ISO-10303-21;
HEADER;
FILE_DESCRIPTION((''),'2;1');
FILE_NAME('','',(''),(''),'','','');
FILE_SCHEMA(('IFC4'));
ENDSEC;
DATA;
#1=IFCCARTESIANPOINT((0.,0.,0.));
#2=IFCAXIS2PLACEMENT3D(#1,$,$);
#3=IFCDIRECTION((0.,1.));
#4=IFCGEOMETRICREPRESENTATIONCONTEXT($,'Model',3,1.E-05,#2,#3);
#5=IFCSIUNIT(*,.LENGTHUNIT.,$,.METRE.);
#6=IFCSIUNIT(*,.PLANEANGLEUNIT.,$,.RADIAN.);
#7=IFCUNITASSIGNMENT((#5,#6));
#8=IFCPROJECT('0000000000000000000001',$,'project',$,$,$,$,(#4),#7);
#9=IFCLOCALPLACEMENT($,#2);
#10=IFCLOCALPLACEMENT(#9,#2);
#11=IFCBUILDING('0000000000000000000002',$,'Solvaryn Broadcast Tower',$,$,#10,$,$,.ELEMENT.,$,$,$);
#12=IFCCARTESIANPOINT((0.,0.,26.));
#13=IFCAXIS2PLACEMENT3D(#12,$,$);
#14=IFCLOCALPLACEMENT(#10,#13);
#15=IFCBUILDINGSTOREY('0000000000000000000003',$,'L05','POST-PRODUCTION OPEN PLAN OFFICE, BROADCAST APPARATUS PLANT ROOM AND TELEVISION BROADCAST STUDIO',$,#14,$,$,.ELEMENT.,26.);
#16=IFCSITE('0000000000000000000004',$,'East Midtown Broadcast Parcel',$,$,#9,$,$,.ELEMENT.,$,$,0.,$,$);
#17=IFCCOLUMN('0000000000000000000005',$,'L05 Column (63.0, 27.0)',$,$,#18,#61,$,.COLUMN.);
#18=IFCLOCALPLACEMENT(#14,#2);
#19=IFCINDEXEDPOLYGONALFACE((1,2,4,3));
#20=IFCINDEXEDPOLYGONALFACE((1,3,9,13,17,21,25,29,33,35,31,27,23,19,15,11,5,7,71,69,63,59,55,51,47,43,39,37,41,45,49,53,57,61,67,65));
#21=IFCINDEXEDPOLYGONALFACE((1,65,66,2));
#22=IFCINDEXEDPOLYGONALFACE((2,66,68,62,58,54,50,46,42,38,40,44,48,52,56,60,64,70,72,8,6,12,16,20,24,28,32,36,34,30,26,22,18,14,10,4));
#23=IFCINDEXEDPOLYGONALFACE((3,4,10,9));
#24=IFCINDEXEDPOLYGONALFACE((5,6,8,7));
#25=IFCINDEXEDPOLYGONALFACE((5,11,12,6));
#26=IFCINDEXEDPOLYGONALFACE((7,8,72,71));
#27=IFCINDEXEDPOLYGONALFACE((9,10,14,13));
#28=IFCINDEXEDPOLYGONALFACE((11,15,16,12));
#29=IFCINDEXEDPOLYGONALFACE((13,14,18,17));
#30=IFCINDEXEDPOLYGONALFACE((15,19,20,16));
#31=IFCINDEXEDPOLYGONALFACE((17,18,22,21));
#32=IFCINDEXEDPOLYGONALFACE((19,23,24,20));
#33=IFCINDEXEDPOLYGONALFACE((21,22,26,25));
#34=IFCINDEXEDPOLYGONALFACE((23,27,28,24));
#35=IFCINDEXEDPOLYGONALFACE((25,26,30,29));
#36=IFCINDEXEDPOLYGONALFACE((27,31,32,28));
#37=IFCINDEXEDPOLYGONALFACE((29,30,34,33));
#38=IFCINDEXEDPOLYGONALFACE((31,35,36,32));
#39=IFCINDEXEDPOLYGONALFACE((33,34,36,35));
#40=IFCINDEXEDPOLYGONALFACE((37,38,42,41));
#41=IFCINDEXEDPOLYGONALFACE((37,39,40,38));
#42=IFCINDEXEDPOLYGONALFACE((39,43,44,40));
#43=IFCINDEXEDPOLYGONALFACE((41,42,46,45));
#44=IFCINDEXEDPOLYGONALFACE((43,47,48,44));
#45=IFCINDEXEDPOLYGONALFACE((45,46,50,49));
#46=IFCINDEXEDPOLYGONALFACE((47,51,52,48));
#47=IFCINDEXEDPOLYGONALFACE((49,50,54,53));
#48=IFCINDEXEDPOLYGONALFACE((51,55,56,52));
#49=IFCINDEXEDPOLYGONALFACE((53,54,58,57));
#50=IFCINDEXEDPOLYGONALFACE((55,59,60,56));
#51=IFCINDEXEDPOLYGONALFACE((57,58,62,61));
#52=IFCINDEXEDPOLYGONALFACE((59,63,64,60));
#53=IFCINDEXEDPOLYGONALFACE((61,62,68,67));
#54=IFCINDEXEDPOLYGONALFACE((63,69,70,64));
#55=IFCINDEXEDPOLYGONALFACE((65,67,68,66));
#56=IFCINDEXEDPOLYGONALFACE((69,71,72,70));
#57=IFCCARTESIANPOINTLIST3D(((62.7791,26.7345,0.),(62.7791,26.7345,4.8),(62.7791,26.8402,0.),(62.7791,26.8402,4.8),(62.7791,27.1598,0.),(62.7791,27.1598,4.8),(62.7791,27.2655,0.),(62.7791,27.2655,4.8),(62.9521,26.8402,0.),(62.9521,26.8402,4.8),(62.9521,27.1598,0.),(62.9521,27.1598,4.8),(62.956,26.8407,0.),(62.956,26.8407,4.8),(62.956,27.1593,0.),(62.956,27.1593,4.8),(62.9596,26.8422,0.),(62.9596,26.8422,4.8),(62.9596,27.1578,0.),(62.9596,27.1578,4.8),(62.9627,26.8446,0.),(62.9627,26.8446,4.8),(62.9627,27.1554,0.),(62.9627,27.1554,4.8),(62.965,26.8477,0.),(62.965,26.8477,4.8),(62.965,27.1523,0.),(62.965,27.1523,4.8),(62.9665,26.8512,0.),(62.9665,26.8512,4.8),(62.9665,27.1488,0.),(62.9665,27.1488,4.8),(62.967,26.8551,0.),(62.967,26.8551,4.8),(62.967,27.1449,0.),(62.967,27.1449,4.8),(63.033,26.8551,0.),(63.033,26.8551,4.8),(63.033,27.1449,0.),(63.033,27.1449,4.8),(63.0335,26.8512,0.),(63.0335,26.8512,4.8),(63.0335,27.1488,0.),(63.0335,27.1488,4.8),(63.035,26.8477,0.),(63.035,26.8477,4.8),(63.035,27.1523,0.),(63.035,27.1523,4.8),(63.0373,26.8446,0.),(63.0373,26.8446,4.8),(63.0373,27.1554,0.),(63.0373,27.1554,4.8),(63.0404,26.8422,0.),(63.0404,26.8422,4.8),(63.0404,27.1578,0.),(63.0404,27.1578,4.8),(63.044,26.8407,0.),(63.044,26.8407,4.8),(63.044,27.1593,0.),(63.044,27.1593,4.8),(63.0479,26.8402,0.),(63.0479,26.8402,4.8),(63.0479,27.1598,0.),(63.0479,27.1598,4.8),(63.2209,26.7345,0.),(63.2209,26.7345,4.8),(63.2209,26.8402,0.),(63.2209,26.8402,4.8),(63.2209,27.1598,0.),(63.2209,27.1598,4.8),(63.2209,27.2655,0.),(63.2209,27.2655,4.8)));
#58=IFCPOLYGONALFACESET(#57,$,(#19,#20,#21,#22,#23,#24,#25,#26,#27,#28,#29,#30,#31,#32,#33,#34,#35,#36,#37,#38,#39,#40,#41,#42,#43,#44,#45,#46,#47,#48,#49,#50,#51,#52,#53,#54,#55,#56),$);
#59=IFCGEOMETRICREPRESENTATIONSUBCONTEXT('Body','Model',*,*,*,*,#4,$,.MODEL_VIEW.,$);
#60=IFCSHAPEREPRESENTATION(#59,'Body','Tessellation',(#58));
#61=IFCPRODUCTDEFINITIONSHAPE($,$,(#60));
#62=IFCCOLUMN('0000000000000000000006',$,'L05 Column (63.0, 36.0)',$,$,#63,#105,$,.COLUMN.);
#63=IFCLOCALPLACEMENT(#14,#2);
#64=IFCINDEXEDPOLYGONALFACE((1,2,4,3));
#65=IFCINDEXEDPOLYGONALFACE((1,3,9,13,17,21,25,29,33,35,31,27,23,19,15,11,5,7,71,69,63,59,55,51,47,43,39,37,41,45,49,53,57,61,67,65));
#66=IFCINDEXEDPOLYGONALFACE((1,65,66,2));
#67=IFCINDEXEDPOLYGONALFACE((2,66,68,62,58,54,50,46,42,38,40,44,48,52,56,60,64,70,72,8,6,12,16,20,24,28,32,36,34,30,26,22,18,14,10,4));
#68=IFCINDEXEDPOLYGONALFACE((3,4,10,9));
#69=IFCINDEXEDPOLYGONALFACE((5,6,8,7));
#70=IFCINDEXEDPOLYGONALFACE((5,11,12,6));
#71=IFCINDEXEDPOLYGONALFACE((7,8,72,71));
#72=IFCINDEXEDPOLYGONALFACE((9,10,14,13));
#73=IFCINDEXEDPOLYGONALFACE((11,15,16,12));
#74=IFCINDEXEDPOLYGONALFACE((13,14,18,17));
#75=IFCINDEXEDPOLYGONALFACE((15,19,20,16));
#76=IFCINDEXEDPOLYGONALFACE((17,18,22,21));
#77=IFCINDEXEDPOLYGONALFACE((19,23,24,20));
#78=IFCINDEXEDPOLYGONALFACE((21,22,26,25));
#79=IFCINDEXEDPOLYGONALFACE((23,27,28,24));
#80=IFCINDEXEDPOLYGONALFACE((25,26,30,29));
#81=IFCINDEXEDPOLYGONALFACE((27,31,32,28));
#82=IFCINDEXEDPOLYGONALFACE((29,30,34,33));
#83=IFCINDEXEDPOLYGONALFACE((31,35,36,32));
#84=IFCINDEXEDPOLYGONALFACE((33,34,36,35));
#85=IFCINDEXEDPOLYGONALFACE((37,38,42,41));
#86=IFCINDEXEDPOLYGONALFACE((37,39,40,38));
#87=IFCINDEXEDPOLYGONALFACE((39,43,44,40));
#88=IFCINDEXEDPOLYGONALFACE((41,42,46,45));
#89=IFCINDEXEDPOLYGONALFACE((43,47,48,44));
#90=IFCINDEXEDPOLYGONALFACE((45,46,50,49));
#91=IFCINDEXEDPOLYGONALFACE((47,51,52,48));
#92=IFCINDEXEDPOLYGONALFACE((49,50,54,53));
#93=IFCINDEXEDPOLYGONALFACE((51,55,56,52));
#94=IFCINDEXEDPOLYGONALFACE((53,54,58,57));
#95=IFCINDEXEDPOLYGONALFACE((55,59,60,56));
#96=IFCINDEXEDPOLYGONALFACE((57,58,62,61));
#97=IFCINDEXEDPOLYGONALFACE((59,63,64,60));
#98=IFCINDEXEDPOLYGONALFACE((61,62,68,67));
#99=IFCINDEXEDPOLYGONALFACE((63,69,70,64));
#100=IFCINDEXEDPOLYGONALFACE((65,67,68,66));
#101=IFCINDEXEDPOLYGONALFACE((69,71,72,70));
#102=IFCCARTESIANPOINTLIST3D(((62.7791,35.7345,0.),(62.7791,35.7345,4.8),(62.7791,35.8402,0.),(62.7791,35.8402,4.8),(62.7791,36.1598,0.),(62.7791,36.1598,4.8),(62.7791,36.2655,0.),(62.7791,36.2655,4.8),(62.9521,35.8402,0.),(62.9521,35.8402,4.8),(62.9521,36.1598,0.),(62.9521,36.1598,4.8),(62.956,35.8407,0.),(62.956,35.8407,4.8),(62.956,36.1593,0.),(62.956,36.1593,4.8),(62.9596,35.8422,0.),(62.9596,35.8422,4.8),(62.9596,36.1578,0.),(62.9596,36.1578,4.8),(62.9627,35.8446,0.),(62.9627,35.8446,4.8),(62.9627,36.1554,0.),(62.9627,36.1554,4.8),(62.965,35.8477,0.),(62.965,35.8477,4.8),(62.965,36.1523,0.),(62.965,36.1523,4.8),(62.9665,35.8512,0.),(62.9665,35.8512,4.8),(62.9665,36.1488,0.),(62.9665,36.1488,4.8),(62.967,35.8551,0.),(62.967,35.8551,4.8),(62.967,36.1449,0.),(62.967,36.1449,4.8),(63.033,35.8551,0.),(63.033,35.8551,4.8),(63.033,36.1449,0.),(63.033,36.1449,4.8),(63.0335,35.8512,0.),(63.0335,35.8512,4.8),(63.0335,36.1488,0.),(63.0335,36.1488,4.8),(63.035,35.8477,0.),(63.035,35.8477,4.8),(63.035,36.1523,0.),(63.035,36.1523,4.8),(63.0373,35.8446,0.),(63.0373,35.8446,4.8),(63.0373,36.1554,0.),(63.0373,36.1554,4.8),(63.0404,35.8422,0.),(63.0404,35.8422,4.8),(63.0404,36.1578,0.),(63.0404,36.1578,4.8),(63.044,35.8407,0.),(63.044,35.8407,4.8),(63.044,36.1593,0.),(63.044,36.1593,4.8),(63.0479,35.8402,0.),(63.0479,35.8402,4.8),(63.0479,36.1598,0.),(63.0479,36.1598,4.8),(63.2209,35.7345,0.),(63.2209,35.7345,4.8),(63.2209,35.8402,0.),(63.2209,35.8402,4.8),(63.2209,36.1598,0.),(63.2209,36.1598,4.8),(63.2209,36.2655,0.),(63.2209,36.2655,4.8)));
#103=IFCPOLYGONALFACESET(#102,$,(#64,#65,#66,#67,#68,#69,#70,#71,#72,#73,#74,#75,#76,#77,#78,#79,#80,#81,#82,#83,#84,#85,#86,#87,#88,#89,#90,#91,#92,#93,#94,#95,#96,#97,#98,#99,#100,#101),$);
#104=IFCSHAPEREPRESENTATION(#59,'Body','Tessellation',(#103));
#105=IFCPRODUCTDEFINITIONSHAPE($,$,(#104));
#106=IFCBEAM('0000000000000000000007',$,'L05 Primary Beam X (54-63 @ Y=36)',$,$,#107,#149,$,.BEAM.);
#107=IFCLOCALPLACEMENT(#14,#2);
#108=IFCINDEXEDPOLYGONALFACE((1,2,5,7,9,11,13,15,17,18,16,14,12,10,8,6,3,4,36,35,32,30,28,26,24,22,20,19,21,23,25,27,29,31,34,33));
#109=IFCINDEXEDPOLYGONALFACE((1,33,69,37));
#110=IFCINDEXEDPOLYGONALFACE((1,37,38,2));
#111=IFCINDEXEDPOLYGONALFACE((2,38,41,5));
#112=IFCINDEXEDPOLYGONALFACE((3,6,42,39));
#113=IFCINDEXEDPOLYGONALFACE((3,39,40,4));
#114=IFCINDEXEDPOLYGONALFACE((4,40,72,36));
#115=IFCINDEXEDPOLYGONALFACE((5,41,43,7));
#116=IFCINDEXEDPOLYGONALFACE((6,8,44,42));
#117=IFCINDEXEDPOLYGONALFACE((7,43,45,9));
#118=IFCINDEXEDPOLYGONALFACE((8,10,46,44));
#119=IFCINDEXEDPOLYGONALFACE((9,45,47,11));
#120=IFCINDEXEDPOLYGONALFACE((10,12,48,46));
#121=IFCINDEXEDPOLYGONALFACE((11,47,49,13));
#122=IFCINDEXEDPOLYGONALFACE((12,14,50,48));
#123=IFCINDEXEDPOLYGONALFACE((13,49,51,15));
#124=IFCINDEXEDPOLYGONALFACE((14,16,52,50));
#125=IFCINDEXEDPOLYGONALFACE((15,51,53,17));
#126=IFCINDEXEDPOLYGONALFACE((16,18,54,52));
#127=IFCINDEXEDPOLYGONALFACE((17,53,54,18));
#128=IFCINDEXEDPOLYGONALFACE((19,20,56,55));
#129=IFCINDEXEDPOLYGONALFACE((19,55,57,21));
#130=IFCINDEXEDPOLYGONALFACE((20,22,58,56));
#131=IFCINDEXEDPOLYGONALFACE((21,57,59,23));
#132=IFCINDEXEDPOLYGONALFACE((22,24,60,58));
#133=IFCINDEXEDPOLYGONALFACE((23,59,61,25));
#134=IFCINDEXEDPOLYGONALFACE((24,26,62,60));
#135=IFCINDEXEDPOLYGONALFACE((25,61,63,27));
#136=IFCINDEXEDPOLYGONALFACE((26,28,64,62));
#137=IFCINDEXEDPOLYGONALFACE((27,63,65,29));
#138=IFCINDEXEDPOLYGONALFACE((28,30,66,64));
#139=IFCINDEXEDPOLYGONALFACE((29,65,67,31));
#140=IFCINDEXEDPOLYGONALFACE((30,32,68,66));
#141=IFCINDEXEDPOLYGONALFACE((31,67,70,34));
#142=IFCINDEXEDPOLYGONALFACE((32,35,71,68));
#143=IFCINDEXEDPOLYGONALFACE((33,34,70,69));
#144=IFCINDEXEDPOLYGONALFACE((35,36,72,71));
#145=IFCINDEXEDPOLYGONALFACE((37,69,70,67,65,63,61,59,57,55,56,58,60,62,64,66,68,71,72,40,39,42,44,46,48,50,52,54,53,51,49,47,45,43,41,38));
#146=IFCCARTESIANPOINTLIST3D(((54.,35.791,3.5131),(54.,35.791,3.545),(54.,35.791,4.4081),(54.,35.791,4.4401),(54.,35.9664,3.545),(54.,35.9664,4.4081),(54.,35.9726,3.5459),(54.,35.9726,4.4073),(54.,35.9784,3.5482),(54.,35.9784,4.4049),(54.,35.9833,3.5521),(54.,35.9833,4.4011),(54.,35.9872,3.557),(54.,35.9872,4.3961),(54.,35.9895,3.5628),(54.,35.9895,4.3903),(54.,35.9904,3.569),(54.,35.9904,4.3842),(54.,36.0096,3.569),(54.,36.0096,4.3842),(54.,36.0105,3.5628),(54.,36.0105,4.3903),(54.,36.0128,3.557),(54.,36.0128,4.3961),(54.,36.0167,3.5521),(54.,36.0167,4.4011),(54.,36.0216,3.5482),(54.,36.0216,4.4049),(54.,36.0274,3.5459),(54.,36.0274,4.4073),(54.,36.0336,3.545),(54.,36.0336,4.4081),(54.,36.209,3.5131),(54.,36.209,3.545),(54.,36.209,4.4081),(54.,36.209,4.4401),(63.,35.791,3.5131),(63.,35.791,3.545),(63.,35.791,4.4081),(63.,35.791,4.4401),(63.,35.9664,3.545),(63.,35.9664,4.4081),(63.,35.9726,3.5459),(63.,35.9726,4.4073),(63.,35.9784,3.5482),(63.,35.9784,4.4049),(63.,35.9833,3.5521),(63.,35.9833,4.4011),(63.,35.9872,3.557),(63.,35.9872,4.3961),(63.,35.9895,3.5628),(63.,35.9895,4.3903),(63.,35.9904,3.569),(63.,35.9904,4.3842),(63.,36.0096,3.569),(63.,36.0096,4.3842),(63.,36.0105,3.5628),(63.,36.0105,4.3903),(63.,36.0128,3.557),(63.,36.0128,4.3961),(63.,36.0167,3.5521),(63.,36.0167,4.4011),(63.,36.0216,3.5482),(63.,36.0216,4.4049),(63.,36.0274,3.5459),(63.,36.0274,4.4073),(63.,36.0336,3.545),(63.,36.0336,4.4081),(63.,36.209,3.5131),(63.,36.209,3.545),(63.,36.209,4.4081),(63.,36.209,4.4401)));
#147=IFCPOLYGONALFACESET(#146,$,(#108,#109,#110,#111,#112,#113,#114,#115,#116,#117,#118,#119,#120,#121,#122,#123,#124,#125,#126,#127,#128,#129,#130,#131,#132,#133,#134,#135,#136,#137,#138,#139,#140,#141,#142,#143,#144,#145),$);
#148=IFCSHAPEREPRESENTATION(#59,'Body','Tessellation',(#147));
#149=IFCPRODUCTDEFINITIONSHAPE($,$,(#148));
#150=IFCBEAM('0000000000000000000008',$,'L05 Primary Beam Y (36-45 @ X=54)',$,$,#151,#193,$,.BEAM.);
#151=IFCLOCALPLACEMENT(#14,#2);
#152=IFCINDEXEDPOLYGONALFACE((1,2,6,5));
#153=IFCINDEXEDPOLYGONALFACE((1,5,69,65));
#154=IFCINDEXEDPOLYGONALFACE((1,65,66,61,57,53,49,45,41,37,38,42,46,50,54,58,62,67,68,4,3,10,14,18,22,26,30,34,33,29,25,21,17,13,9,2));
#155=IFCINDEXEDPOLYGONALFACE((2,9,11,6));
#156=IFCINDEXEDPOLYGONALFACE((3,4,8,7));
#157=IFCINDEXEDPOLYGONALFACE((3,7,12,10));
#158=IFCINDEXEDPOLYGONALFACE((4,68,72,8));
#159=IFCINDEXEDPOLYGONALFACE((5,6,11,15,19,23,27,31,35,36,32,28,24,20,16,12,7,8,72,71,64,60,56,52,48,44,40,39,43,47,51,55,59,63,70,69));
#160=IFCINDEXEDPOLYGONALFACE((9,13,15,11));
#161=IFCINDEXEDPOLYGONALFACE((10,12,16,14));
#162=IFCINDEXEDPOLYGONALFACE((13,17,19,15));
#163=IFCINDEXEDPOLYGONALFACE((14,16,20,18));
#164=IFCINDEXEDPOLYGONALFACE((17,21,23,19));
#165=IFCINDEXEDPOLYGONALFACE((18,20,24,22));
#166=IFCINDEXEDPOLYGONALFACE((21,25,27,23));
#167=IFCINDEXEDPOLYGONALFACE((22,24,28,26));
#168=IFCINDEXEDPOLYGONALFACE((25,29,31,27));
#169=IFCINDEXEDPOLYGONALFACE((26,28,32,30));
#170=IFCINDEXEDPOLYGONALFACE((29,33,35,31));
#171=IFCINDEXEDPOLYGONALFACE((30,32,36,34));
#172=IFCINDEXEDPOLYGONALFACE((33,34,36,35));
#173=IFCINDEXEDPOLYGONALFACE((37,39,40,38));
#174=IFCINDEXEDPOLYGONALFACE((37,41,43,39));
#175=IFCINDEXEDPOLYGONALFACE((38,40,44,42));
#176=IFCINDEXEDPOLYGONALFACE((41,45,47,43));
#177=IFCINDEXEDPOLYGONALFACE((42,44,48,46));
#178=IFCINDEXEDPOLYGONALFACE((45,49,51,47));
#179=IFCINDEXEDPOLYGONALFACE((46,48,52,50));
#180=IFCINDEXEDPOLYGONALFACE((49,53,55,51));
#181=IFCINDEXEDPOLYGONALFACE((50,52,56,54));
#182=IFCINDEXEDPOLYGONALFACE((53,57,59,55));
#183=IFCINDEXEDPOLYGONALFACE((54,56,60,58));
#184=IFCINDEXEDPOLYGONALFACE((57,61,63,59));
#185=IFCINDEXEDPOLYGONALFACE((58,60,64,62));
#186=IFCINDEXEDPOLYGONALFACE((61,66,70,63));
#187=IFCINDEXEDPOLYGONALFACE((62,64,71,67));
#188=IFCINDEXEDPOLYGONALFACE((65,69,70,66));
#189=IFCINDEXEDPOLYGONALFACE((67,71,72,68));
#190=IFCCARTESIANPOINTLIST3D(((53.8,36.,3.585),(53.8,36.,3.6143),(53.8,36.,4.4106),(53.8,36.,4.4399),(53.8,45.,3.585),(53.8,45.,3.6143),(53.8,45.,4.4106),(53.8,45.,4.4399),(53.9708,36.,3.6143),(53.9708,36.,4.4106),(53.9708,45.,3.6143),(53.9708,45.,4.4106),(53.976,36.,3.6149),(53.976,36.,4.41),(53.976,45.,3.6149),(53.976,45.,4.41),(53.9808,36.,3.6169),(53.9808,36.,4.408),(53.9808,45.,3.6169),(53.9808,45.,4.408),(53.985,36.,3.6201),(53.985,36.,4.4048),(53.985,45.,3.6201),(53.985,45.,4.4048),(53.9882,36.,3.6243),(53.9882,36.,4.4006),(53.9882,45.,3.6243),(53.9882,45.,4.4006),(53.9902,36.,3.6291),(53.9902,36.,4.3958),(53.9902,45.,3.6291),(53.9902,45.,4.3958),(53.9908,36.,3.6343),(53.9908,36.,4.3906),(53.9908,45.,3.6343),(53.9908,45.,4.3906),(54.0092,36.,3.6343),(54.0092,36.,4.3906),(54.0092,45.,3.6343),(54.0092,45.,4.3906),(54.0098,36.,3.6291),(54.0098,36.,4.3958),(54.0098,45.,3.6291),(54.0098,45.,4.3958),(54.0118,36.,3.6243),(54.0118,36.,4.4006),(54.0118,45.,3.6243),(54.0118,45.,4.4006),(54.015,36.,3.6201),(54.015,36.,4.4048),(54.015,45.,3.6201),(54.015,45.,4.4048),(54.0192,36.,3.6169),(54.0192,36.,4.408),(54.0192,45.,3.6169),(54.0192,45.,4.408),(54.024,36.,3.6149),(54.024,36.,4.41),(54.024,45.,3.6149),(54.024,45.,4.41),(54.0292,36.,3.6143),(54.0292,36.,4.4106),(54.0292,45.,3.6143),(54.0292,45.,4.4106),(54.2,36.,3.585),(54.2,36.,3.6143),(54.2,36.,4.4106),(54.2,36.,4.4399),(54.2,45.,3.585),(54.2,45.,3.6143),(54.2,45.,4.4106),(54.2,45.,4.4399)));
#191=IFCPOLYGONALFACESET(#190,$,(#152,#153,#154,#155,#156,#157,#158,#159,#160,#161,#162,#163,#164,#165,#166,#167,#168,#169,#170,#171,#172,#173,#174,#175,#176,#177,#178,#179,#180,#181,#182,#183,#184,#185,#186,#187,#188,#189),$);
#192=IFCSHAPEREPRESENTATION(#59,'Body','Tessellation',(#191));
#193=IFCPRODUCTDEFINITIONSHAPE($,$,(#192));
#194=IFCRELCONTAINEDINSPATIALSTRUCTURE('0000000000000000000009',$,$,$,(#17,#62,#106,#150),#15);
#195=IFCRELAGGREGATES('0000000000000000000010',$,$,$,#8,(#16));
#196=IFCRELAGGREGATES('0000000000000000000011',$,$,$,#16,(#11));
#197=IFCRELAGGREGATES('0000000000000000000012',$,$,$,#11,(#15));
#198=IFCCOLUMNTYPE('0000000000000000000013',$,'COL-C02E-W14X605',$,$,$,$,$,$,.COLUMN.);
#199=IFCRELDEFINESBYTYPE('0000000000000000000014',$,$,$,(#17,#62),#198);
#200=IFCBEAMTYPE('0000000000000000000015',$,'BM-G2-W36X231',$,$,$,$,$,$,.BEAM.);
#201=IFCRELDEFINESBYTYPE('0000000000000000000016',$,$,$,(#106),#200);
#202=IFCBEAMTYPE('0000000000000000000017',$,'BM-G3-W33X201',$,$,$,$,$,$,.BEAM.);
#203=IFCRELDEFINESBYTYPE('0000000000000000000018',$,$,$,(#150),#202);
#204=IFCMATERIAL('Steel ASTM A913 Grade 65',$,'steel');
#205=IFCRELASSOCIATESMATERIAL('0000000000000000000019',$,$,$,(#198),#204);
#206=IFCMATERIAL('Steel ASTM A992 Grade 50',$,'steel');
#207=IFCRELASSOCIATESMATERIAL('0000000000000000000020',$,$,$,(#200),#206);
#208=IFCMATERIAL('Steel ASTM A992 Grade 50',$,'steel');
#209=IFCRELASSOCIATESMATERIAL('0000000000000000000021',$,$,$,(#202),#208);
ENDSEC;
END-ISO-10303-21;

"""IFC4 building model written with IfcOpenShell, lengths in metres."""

from ifc_helpers import new_model, si_unit, direction, frame, origin, origin_2d, place, context, subcontext, project, spatial, i_section, extrude, material, material_profile, profile_set, type_object, element, save


model = new_model("IFC4")

# Units and contexts
model_context = context("Model", 3, precision=1e-05, world=origin(), true_north=direction((0.0, 1.0)))
body_context = subcontext(model_context, "Body", "Model", "MODEL_VIEW")
ifc_project = project(units=[si_unit("LENGTHUNIT", "METRE"), si_unit("PLANEANGLEUNIT", "RADIAN")], contexts=[model_context])

# Site, building, storey
site_placement = place(None, origin())
site = spatial("IfcSite", under=ifc_project, at=site_placement, Name="East Midtown Broadcast Parcel", CompositionType="ELEMENT", RefElevation=0.0)
building_placement = place(site_placement, origin())
building = spatial("IfcBuilding", under=site, at=building_placement, Name="Solvaryn Broadcast Tower", CompositionType="ELEMENT")
storey_placement = place(building_placement, frame((0.0, 0.0, 26.0)))
storey = spatial("IfcBuildingStorey", under=building, at=storey_placement, Name="L05", Description="POST-PRODUCTION OPEN PLAN OFFICE, BROADCAST APPARATUS PLANT ROOM AND TELEVISION BROADCAST STUDIO", CompositionType="ELEMENT", Elevation=26.0)

# Columns
ifc_material_1 = material(Name="Steel ASTM A913 Grade 65", Category="steel")
ifc_material_profile_1 = material_profile(ifc_material_1, i_section(OverallWidth=0.4419, OverallDepth=0.531, WebThickness=0.0659, FlangeThickness=0.1057, FilletRadius=0.0149, at=origin_2d()))
ifc_profile_set_1 = profile_set([ifc_material_profile_1], Name="Steel ASTM A913 Grade 65")
column_type = type_object("IfcColumnType", Name="COL-C02E-W14X605", PredefinedType="COLUMN", material=ifc_profile_set_1)
for number, where, z_axis, x_axis, name in (
    (1, (63.0, 27.0, 0.0), (0.0, 0.0, 1.0), (1.0, 0.0, 0.0), "L05 Column (63.0, 27.0)"),
    (2, (63.0, 36.0, 0.0), (0.0, 0.0, 1.0), (1.0, 0.0, 0.0), "L05 Column (63.0, 36.0)"),
):
    element("IfcColumn", number, at=place(storey_placement, frame(where, z_axis=z_axis, x_axis=x_axis)), inside=storey, type_object=column_type, Name=name, PredefinedType="COLUMN", context=body_context, shape_type="SweptSolid", body=[
        extrude(i_section(OverallWidth=0.4419, OverallDepth=0.531, WebThickness=0.0659, FlangeThickness=0.1057, FilletRadius=0.0149, at=origin_2d()), origin(), (0.0, 0.0, 1.0), 4.8),
    ])

# Beams
ifc_material_2 = material(Name="Steel ASTM A992 Grade 50", Category="steel")
ifc_material_profile_2 = material_profile(ifc_material_2, i_section(OverallWidth=0.418, OverallDepth=0.927, WebThickness=0.0193, FlangeThickness=0.032, FilletRadius=0.0239, at=origin_2d()))
ifc_profile_set_2 = profile_set([ifc_material_profile_2], Name="Steel ASTM A992 Grade 50")
beam_type_1 = type_object("IfcBeamType", Name="BM-G2-W36X231", PredefinedType="BEAM", material=ifc_profile_set_2)
beam_1_placement = place(storey_placement, frame((54.0, 36.0, 3.9766), z_axis=(1.0, 0.0, 0.0), x_axis=(0.0, 1.0, 0.0)))
element("IfcBeam", 3, at=beam_1_placement, inside=storey, type_object=beam_type_1, Name="L05 Primary Beam X (54-63 @ Y=36)", PredefinedType="BEAM", context=body_context, shape_type="SweptSolid", body=[
    extrude(i_section(OverallWidth=0.418, OverallDepth=0.927, WebThickness=0.0193, FlangeThickness=0.032, FilletRadius=0.0239, at=origin_2d()), origin(), (0.0, 0.0, 1.0), 9.0),
])
ifc_material_3 = material(Name="Steel ASTM A992 Grade 50", Category="steel")
ifc_material_profile_3 = material_profile(ifc_material_3, i_section(OverallWidth=0.3999, OverallDepth=0.855, WebThickness=0.0183, FlangeThickness=0.0293, FilletRadius=0.02, at=origin_2d()))
ifc_profile_set_3 = profile_set([ifc_material_profile_3], Name="Steel ASTM A992 Grade 50")
beam_type_2 = type_object("IfcBeamType", Name="BM-G3-W33X201", PredefinedType="BEAM", material=ifc_profile_set_3)
beam_2_placement = place(storey_placement, frame((54.0, 36.0, 4.0125), z_axis=(0.0, 1.0, 0.0), x_axis=(-1.0, 0.0, 0.0)))
element("IfcBeam", 4, at=beam_2_placement, inside=storey, type_object=beam_type_2, Name="L05 Primary Beam Y (36-45 @ X=54)", PredefinedType="BEAM", context=body_context, shape_type="SweptSolid", body=[
    extrude(i_section(OverallWidth=0.3999, OverallDepth=0.855, WebThickness=0.0183, FlangeThickness=0.0293, FilletRadius=0.02, at=origin_2d()), origin(), (0.0, 0.0, 1.0), 9.0),
])

save(model, "model.ifc")
